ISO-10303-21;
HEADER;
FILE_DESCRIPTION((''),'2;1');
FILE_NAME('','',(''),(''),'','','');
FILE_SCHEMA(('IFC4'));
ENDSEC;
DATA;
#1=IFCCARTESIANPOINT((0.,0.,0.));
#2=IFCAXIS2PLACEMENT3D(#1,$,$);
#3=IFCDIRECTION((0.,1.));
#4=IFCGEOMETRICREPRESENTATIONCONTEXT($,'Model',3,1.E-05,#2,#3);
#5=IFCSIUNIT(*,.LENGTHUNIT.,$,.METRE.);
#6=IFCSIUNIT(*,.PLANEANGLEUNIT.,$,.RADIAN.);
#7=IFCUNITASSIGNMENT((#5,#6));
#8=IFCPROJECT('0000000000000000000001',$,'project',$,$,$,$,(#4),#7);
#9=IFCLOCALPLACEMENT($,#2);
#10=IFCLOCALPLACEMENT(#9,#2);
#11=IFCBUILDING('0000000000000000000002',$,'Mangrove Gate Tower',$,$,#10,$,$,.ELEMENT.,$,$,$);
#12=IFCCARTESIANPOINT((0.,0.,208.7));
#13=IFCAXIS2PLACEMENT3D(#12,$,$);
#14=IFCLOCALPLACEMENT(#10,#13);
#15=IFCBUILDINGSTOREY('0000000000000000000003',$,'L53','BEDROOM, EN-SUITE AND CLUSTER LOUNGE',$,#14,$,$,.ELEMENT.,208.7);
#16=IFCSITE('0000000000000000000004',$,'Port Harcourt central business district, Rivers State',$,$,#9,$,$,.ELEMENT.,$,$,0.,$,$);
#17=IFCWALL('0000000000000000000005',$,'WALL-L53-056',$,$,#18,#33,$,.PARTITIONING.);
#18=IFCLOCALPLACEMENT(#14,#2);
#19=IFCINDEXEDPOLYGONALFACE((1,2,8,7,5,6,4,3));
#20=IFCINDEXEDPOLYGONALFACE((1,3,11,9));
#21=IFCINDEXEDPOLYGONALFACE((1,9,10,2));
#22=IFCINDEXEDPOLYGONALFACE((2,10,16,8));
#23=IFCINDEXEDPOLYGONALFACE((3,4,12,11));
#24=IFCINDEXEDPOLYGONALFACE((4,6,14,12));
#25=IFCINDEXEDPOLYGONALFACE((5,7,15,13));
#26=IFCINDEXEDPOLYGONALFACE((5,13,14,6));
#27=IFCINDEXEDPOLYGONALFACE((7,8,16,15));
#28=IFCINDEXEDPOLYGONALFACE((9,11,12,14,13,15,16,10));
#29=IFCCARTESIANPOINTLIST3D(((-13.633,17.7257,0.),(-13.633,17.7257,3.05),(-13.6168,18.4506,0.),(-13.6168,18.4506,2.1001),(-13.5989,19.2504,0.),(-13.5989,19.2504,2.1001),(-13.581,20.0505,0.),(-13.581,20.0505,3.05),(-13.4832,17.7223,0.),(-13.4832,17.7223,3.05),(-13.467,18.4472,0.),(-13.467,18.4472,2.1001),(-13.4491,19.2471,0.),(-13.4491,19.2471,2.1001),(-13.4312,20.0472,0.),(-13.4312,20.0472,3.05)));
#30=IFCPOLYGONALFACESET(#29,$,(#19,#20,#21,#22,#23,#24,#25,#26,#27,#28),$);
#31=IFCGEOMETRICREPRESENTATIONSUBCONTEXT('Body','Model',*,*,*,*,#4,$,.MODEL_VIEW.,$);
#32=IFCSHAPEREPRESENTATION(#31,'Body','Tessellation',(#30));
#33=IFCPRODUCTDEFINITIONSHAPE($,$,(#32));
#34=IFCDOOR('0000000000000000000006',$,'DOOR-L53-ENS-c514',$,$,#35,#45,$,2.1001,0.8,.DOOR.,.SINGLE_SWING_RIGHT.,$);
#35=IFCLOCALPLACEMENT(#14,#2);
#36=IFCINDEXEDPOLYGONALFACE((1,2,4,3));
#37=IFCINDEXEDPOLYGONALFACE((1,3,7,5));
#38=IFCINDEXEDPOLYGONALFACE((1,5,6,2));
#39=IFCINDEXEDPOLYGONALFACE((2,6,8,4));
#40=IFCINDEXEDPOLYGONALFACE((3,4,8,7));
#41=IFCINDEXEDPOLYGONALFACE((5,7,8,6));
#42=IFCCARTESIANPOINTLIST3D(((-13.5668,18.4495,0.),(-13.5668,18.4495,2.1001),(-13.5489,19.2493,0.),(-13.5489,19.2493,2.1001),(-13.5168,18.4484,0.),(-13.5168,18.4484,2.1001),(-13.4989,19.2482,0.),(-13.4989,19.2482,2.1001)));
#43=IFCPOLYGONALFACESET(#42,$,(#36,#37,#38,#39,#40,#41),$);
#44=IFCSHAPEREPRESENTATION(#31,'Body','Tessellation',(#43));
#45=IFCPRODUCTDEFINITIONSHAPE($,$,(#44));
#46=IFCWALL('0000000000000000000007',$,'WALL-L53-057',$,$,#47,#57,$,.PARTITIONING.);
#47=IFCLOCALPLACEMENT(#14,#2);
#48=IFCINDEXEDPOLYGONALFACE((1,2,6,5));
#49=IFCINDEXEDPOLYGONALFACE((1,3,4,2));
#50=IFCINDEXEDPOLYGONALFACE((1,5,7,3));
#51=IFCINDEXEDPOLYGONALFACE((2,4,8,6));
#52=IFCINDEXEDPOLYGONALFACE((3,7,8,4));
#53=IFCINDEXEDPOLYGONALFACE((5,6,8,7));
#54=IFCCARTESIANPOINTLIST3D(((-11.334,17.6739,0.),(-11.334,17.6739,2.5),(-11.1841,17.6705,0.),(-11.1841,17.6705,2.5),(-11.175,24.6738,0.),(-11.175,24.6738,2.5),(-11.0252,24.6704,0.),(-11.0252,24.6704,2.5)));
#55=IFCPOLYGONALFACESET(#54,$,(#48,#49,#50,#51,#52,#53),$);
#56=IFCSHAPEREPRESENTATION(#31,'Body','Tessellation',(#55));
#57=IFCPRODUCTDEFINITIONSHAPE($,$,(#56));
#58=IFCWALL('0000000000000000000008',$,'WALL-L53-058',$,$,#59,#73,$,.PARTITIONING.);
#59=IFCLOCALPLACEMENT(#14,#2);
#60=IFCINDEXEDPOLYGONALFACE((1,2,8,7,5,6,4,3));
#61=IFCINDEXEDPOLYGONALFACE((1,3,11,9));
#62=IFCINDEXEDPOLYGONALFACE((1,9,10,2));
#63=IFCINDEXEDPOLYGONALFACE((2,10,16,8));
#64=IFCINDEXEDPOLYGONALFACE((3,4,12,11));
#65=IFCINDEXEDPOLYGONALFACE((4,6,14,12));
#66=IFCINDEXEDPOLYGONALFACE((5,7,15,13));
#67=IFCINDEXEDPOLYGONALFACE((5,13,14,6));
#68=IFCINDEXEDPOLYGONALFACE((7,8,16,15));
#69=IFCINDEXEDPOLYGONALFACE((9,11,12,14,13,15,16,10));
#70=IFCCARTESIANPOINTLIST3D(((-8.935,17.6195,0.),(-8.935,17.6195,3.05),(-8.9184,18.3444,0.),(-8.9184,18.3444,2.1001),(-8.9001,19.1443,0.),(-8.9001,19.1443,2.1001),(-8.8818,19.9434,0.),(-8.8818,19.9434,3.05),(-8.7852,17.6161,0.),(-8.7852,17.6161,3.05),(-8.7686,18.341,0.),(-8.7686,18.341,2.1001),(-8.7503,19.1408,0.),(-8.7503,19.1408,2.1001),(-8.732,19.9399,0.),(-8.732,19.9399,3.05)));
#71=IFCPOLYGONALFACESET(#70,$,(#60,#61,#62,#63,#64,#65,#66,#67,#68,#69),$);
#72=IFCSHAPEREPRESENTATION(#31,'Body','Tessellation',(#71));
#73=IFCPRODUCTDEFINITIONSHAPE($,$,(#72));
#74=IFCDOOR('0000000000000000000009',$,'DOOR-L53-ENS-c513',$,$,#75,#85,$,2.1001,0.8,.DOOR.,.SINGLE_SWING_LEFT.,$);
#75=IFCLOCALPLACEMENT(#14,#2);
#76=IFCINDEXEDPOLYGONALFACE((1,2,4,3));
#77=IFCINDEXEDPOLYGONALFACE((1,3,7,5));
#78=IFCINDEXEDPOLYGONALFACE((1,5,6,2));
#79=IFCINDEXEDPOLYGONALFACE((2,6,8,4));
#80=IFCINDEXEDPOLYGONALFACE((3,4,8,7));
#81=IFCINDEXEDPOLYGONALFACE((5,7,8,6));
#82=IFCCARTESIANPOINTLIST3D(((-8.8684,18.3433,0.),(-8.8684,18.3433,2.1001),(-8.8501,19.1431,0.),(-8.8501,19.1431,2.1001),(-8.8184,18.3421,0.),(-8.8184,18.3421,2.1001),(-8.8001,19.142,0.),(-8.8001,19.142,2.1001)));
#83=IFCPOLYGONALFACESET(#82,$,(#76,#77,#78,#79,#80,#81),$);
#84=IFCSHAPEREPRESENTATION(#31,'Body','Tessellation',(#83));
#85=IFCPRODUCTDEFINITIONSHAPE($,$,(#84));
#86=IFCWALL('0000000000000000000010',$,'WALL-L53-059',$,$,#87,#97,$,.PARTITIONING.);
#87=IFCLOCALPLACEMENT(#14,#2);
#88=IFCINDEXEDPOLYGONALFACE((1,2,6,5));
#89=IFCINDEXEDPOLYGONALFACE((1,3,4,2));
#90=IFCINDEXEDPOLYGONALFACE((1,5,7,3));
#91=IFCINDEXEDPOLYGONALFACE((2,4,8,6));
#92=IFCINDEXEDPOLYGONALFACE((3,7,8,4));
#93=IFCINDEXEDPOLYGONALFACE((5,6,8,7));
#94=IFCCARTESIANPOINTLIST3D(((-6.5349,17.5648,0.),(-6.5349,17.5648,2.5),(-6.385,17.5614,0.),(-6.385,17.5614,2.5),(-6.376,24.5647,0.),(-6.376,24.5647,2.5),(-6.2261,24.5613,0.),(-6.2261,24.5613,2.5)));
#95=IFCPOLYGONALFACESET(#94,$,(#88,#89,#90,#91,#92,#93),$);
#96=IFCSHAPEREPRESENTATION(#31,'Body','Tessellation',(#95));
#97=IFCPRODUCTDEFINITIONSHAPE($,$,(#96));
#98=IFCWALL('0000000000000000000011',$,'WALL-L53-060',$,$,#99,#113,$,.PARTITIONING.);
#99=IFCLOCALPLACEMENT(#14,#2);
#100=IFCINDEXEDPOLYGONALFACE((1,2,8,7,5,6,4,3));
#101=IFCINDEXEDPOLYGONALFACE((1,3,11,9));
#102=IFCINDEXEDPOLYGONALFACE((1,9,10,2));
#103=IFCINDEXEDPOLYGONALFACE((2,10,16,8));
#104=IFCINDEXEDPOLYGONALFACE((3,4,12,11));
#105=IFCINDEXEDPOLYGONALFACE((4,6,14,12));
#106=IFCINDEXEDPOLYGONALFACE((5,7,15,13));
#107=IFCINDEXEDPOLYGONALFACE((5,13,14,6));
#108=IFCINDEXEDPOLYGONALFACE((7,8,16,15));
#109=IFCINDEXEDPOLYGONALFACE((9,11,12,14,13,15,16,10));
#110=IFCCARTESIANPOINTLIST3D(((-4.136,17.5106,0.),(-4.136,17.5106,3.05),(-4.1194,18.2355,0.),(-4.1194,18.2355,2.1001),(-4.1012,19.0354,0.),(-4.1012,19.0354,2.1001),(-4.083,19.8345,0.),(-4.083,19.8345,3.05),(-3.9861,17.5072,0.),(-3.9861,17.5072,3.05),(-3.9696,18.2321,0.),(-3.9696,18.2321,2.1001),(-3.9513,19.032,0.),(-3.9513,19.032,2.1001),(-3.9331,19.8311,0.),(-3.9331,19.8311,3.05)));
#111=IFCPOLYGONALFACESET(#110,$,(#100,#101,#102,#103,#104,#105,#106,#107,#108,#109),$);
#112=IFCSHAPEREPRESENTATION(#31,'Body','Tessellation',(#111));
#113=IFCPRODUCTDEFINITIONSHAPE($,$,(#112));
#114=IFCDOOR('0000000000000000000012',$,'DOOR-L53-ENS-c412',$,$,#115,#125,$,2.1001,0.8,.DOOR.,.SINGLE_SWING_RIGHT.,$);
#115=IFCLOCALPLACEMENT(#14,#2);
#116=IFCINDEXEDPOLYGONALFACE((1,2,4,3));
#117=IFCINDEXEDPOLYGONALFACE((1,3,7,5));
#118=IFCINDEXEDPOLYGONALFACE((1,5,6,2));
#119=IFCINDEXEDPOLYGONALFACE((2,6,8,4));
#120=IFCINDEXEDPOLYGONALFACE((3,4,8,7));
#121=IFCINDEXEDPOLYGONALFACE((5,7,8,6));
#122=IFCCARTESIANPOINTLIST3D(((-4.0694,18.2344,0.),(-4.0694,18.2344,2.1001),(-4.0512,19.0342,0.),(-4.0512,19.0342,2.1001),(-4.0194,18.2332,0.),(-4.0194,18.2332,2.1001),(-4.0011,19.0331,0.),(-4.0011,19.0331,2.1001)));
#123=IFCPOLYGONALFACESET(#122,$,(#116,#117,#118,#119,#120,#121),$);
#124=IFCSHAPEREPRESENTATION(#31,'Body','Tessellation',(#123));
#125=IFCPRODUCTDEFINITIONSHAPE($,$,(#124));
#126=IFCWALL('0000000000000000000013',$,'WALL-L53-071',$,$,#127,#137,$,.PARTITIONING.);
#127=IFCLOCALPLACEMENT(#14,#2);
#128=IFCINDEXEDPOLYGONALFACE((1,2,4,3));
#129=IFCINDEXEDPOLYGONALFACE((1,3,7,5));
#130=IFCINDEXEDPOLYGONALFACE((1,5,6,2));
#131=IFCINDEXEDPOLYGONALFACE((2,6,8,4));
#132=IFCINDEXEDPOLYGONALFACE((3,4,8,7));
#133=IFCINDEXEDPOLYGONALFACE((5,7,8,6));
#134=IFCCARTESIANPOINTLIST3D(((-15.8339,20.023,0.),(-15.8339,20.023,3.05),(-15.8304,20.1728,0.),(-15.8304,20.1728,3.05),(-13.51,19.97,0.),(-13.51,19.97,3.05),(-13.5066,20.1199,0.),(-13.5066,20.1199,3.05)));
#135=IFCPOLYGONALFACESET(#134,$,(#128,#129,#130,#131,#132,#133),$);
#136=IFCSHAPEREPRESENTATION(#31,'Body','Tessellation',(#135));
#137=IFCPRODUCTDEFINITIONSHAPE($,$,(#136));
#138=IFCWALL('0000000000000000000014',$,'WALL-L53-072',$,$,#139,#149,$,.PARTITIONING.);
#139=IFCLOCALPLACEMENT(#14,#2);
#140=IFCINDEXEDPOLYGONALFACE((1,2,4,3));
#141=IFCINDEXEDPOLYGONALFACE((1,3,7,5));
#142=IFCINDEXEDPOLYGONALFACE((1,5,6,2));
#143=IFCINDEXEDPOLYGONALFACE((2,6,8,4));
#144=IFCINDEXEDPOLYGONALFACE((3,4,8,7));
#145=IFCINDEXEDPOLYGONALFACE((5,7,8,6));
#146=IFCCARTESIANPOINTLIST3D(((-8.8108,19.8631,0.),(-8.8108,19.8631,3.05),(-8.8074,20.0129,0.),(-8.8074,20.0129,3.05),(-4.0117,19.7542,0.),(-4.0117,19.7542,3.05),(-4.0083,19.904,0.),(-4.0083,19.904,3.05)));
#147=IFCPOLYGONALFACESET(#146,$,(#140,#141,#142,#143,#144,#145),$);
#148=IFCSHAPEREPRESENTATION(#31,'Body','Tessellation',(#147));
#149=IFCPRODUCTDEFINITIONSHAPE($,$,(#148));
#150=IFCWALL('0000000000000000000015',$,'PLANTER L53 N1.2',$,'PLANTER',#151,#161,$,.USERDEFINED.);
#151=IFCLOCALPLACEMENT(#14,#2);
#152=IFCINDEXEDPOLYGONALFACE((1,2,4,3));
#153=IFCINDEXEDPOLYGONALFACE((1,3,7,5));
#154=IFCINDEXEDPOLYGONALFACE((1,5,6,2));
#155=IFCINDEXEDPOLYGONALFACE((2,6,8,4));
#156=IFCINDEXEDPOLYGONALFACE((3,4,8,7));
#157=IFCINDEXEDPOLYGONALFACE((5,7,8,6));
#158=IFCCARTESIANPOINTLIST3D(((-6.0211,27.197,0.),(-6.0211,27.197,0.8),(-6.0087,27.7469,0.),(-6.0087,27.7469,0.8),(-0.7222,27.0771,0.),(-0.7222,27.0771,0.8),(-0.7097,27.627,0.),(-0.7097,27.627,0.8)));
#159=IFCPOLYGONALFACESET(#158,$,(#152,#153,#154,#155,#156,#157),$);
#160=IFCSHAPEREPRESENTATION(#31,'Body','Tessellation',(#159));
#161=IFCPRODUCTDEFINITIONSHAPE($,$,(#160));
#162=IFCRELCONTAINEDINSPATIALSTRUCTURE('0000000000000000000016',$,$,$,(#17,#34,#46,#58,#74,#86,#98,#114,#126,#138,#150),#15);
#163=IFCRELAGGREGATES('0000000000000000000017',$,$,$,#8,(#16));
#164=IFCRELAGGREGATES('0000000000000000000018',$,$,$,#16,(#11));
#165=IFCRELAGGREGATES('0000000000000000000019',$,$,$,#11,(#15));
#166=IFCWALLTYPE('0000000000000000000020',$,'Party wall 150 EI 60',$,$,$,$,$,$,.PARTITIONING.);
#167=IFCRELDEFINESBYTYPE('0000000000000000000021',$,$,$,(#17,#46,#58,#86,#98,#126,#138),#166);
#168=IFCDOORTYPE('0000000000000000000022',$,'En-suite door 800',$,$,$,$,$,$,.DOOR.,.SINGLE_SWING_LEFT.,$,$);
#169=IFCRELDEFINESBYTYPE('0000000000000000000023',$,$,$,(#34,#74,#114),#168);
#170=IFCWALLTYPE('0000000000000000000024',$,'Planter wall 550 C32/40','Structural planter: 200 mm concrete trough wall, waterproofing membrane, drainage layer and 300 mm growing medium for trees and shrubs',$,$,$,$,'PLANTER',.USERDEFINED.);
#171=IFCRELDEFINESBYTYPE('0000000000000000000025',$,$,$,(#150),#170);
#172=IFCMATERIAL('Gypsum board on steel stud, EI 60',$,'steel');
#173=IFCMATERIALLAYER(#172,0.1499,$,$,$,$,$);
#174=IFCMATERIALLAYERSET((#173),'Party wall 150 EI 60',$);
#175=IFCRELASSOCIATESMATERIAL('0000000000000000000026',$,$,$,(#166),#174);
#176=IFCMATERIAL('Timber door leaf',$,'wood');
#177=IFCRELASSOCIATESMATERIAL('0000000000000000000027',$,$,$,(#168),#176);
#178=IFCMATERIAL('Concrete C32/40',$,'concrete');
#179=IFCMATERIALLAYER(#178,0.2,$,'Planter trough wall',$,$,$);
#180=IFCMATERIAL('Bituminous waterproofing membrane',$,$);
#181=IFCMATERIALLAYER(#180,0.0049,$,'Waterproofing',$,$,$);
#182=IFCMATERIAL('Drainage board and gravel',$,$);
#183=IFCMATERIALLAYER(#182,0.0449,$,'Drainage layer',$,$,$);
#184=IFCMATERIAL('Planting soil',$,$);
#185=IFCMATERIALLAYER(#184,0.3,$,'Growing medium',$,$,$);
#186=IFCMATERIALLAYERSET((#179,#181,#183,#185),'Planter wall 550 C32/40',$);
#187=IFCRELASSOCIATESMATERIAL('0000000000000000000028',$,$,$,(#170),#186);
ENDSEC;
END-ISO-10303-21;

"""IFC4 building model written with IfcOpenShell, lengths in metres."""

from ifc_helpers import new_model, si_unit, direction, frame, frame_2d, origin, place, context, subcontext, project, spatial, rectangle, extrude, material, layer, layer_set, type_object, element, fill, save


model = new_model("IFC4")

# Units and contexts
model_context = context("Model", 3, precision=1e-05, world=origin(), true_north=direction((0.0, 1.0)))
body_context = subcontext(model_context, "Body", "Model", "MODEL_VIEW")
ifc_project = project(units=[si_unit("LENGTHUNIT", "METRE"), si_unit("PLANEANGLEUNIT", "RADIAN")], contexts=[model_context])

# Site, building, storey
site_placement = place(None, origin())
site = spatial("IfcSite", under=ifc_project, at=site_placement, Name="Port Harcourt central business district, Rivers State", CompositionType="ELEMENT", RefElevation=0.0)
building_placement = place(site_placement, origin())
building = spatial("IfcBuilding", under=site, at=building_placement, Name="Mangrove Gate Tower", CompositionType="ELEMENT")
storey_placement = place(building_placement, frame((0.0, 0.0, 208.7)))
storey = spatial("IfcBuildingStorey", under=building, at=storey_placement, Name="L53", Description="BEDROOM, EN-SUITE AND CLUSTER LOUNGE", CompositionType="ELEMENT", Elevation=208.7)

# Shared definitions
ifc_material_1 = material(Name="Gypsum board on steel stud, EI 60", Category="steel")
ifc_layer_1 = layer(ifc_material_1, 0.1499)
ifc_layer_set_1 = layer_set([ifc_layer_1], Name="Party wall 150 EI 60")
wall_type_1 = type_object("IfcWallType", Name="Party wall 150 EI 60", PredefinedType="PARTITIONING", material=ifc_layer_set_1)

# Wall, opening, door
wall_1_placement = place(storey_placement, frame((-13.5581, 17.7241, 0.0), z_axis=(0.0, 0.0, 1.0), x_axis=(0.022361, 0.99975, 0.0)))
wall_1 = element("IfcWall", 1, at=wall_1_placement, inside=storey, type_object=wall_type_1, Name="WALL-L53-056", PredefinedType="PARTITIONING", context=body_context, shape_type="SweptSolid", body=[
    extrude(rectangle(XDim=2.3254, YDim=0.1499, at=frame_2d((1.1626, 0.0))), origin(), (0.0, 0.0, 1.0), 3.05),
])
opening_1_placement = place(wall_1_placement, frame((0.7251, 0.0, 0.0)))
opening_1 = element("IfcOpeningElement", 2, at=opening_1_placement, cuts=wall_1, PredefinedType="OPENING", context=body_context, shape_type="SweptSolid", body=[
    extrude(rectangle(XDim=0.8, YDim=2.1001, at=frame_2d((0.3999, 1.05))), frame((0.0, 0.085, 0.0), z_axis=(0.0, -1.0, 0.0), x_axis=(1.0, 0.0, 0.0)), (0.0, 0.0, 1.0), 0.1699),
])
ifc_material_2 = material(Name="Timber door leaf", Category="wood")
door_type_1 = type_object("IfcDoorType", Name="En-suite door 800", OperationType="SINGLE_SWING_LEFT", PredefinedType="DOOR", material=ifc_material_2)
door_1_placement = place(opening_1_placement, origin())
door_1 = element("IfcDoor", 3, at=door_1_placement, inside=storey, type_object=door_type_1, Name="DOOR-L53-ENS-c514", OperationType="SINGLE_SWING_RIGHT", OverallHeight=2.1001, OverallWidth=0.8, PredefinedType="DOOR", context=body_context, shape_type="SweptSolid", body=[
    extrude(rectangle(XDim=0.8, YDim=2.1001, at=frame_2d((0.3999, 1.05))), frame((0.0, 0.0249, 0.0), z_axis=(0.0, -1.0, 0.0), x_axis=(1.0, 0.0, 0.0)), (0.0, 0.0, 1.0), 0.05),
])
fill(opening_1, door_1)

# Wall
wall_2_placement = place(storey_placement, frame((-11.259, 17.6721, 0.0), z_axis=(0.0, 0.0, 1.0), x_axis=(0.022699, 0.999742, 0.0)))
element("IfcWall", 4, at=wall_2_placement, inside=storey, type_object=wall_type_1, Name="WALL-L53-057", PredefinedType="PARTITIONING", context=body_context, shape_type="SweptSolid", body=[
    extrude(rectangle(XDim=7.0017, YDim=0.1499, at=frame_2d((3.501, 0.0))), origin(), (0.0, 0.0, 1.0), 2.5),
])

# Wall, opening, door
wall_3_placement = place(storey_placement, frame((-8.8601, 17.6179, 0.0), z_axis=(0.0, 0.0, 1.0), x_axis=(0.022896, 0.999738, 0.0)))
wall_3 = element("IfcWall", 5, at=wall_3_placement, inside=storey, type_object=wall_type_1, Name="WALL-L53-058", PredefinedType="PARTITIONING", context=body_context, shape_type="SweptSolid", body=[
    extrude(rectangle(XDim=2.3245, YDim=0.1499, at=frame_2d((1.1621, 0.0))), origin(), (0.0, 0.0, 1.0), 3.05),
])
opening_2_placement = place(wall_3_placement, frame((0.7251, 0.0, 0.0)))
opening_2 = element("IfcOpeningElement", 6, at=opening_2_placement, cuts=wall_3, PredefinedType="OPENING", context=body_context, shape_type="SweptSolid", body=[
    extrude(rectangle(XDim=0.8, YDim=2.1001, at=frame_2d((0.3999, 1.05))), frame((0.0, 0.085, 0.0), z_axis=(0.0, -1.0, 0.0), x_axis=(1.0, 0.0, 0.0)), (0.0, 0.0, 1.0), 0.1699),
])
door_2_placement = place(opening_2_placement, origin())
door_2 = element("IfcDoor", 7, at=door_2_placement, inside=storey, type_object=door_type_1, Name="DOOR-L53-ENS-c513", OperationType="SINGLE_SWING_LEFT", OverallHeight=2.1001, OverallWidth=0.8, PredefinedType="DOOR", context=body_context, shape_type="SweptSolid", body=[
    extrude(rectangle(XDim=0.8, YDim=2.1001, at=frame_2d((0.3999, 1.05))), frame((0.0, 0.0249, 0.0), z_axis=(0.0, -1.0, 0.0), x_axis=(1.0, 0.0, 0.0)), (0.0, 0.0, 1.0), 0.05),
])
fill(opening_2, door_2)

# Wall
wall_4_placement = place(storey_placement, frame((-6.46, 17.563, 0.0), z_axis=(0.0, 0.0, 1.0), x_axis=(0.022699, 0.999742, 0.0)))
element("IfcWall", 8, at=wall_4_placement, inside=storey, type_object=wall_type_1, Name="WALL-L53-059", PredefinedType="PARTITIONING", context=body_context, shape_type="SweptSolid", body=[
    extrude(rectangle(XDim=7.0017, YDim=0.1499, at=frame_2d((3.501, 0.0))), origin(), (0.0, 0.0, 1.0), 2.5),
])

# Wall, opening, door
wall_5_placement = place(storey_placement, frame((-4.061, 17.509, 0.0), z_axis=(0.0, 0.0, 1.0), x_axis=(0.022791, 0.99974, 0.0)))
wall_5 = element("IfcWall", 9, at=wall_5_placement, inside=storey, type_object=wall_type_1, Name="WALL-L53-060", PredefinedType="PARTITIONING", context=body_context, shape_type="SweptSolid", body=[
    extrude(rectangle(XDim=2.3245, YDim=0.1499, at=frame_2d((1.1621, 0.0))), origin(), (0.0, 0.0, 1.0), 3.05),
])
opening_3_placement = place(wall_5_placement, frame((0.7251, 0.0, 0.0)))
opening_3 = element("IfcOpeningElement", 10, at=opening_3_placement, cuts=wall_5, PredefinedType="OPENING", context=body_context, shape_type="SweptSolid", body=[
    extrude(rectangle(XDim=0.8, YDim=2.1001, at=frame_2d((0.3999, 1.05))), frame((0.0, 0.085, 0.0), z_axis=(0.0, -1.0, 0.0), x_axis=(1.0, 0.0, 0.0)), (0.0, 0.0, 1.0), 0.1699),
])
door_3_placement = place(opening_3_placement, origin())
door_3 = element("IfcDoor", 11, at=door_3_placement, inside=storey, type_object=door_type_1, Name="DOOR-L53-ENS-c412", OperationType="SINGLE_SWING_RIGHT", OverallHeight=2.1001, OverallWidth=0.8, PredefinedType="DOOR", context=body_context, shape_type="SweptSolid", body=[
    extrude(rectangle(XDim=0.8, YDim=2.1001, at=frame_2d((0.3999, 1.05))), frame((0.0, 0.0249, 0.0), z_axis=(0.0, -1.0, 0.0), x_axis=(1.0, 0.0, 0.0)), (0.0, 0.0, 1.0), 0.05),
])
fill(opening_3, door_3)

# Walls
wall_6_placement = place(storey_placement, frame((-15.832, 20.0979, 0.0), z_axis=(0.0, 0.0, 1.0), x_axis=(0.99974, -0.022791, 0.0)))
element("IfcWall", 12, at=wall_6_placement, inside=storey, type_object=wall_type_1, Name="WALL-L53-071", PredefinedType="PARTITIONING", context=body_context, shape_type="SweptSolid", body=[
    extrude(rectangle(XDim=2.3245, YDim=0.1499, at=frame_2d((1.1621, 0.0))), origin(), (0.0, 0.0, 1.0), 3.05),
])
wall_7_placement = place(storey_placement, frame((-8.8091, 19.938, 0.0), z_axis=(0.0, 0.0, 1.0), x_axis=(0.999743, -0.022683, 0.0)))
element("IfcWall", 13, at=wall_7_placement, inside=storey, type_object=wall_type_1, Name="WALL-L53-072", PredefinedType="PARTITIONING", context=body_context, shape_type="SweptSolid", body=[
    extrude(rectangle(XDim=4.8003, YDim=0.1499, at=frame_2d((2.4001, 0.0))), origin(), (0.0, 0.0, 1.0), 3.05),
])
ifc_material_3 = material(Name="Concrete C32/40", Category="concrete")
ifc_layer_2 = layer(ifc_material_3, 0.2, Name="Planter trough wall")
ifc_material_4 = material(Name="Bituminous waterproofing membrane")
ifc_layer_3 = layer(ifc_material_4, 0.0049, Name="Waterproofing")
ifc_material_5 = material(Name="Drainage board and gravel")
ifc_layer_4 = layer(ifc_material_5, 0.0449, Name="Drainage layer")
ifc_material_6 = material(Name="Planting soil")
ifc_layer_5 = layer(ifc_material_6, 0.3, Name="Growing medium")
ifc_layer_set_2 = layer_set([ifc_layer_2, ifc_layer_3, ifc_layer_4, ifc_layer_5], Name="Planter wall 550 C32/40")
wall_type_2 = type_object("IfcWallType", Name="Planter wall 550 C32/40", Description="Structural planter: 200 mm concrete trough wall, waterproofing membrane, drainage layer and 300 mm growing medium for trees and shrubs", ElementType="PLANTER", PredefinedType="USERDEFINED", material=ifc_layer_set_2)
wall_8_placement = place(storey_placement, frame((-6.0149, 27.4719, 0.0), z_axis=(0.0, 0.0, 1.0), x_axis=(0.999744, -0.022617, 0.0)))
element("IfcWall", 14, at=wall_8_placement, inside=storey, type_object=wall_type_2, Name="PLANTER L53 N1.2", ObjectType="PLANTER", PredefinedType="USERDEFINED", context=body_context, shape_type="SweptSolid", body=[
    extrude(rectangle(XDim=5.3003, YDim=0.55, at=frame_2d((2.6501, 0.0))), origin(), (0.0, 0.0, 1.0), 0.8),
])

save(model, "model.ifc")
